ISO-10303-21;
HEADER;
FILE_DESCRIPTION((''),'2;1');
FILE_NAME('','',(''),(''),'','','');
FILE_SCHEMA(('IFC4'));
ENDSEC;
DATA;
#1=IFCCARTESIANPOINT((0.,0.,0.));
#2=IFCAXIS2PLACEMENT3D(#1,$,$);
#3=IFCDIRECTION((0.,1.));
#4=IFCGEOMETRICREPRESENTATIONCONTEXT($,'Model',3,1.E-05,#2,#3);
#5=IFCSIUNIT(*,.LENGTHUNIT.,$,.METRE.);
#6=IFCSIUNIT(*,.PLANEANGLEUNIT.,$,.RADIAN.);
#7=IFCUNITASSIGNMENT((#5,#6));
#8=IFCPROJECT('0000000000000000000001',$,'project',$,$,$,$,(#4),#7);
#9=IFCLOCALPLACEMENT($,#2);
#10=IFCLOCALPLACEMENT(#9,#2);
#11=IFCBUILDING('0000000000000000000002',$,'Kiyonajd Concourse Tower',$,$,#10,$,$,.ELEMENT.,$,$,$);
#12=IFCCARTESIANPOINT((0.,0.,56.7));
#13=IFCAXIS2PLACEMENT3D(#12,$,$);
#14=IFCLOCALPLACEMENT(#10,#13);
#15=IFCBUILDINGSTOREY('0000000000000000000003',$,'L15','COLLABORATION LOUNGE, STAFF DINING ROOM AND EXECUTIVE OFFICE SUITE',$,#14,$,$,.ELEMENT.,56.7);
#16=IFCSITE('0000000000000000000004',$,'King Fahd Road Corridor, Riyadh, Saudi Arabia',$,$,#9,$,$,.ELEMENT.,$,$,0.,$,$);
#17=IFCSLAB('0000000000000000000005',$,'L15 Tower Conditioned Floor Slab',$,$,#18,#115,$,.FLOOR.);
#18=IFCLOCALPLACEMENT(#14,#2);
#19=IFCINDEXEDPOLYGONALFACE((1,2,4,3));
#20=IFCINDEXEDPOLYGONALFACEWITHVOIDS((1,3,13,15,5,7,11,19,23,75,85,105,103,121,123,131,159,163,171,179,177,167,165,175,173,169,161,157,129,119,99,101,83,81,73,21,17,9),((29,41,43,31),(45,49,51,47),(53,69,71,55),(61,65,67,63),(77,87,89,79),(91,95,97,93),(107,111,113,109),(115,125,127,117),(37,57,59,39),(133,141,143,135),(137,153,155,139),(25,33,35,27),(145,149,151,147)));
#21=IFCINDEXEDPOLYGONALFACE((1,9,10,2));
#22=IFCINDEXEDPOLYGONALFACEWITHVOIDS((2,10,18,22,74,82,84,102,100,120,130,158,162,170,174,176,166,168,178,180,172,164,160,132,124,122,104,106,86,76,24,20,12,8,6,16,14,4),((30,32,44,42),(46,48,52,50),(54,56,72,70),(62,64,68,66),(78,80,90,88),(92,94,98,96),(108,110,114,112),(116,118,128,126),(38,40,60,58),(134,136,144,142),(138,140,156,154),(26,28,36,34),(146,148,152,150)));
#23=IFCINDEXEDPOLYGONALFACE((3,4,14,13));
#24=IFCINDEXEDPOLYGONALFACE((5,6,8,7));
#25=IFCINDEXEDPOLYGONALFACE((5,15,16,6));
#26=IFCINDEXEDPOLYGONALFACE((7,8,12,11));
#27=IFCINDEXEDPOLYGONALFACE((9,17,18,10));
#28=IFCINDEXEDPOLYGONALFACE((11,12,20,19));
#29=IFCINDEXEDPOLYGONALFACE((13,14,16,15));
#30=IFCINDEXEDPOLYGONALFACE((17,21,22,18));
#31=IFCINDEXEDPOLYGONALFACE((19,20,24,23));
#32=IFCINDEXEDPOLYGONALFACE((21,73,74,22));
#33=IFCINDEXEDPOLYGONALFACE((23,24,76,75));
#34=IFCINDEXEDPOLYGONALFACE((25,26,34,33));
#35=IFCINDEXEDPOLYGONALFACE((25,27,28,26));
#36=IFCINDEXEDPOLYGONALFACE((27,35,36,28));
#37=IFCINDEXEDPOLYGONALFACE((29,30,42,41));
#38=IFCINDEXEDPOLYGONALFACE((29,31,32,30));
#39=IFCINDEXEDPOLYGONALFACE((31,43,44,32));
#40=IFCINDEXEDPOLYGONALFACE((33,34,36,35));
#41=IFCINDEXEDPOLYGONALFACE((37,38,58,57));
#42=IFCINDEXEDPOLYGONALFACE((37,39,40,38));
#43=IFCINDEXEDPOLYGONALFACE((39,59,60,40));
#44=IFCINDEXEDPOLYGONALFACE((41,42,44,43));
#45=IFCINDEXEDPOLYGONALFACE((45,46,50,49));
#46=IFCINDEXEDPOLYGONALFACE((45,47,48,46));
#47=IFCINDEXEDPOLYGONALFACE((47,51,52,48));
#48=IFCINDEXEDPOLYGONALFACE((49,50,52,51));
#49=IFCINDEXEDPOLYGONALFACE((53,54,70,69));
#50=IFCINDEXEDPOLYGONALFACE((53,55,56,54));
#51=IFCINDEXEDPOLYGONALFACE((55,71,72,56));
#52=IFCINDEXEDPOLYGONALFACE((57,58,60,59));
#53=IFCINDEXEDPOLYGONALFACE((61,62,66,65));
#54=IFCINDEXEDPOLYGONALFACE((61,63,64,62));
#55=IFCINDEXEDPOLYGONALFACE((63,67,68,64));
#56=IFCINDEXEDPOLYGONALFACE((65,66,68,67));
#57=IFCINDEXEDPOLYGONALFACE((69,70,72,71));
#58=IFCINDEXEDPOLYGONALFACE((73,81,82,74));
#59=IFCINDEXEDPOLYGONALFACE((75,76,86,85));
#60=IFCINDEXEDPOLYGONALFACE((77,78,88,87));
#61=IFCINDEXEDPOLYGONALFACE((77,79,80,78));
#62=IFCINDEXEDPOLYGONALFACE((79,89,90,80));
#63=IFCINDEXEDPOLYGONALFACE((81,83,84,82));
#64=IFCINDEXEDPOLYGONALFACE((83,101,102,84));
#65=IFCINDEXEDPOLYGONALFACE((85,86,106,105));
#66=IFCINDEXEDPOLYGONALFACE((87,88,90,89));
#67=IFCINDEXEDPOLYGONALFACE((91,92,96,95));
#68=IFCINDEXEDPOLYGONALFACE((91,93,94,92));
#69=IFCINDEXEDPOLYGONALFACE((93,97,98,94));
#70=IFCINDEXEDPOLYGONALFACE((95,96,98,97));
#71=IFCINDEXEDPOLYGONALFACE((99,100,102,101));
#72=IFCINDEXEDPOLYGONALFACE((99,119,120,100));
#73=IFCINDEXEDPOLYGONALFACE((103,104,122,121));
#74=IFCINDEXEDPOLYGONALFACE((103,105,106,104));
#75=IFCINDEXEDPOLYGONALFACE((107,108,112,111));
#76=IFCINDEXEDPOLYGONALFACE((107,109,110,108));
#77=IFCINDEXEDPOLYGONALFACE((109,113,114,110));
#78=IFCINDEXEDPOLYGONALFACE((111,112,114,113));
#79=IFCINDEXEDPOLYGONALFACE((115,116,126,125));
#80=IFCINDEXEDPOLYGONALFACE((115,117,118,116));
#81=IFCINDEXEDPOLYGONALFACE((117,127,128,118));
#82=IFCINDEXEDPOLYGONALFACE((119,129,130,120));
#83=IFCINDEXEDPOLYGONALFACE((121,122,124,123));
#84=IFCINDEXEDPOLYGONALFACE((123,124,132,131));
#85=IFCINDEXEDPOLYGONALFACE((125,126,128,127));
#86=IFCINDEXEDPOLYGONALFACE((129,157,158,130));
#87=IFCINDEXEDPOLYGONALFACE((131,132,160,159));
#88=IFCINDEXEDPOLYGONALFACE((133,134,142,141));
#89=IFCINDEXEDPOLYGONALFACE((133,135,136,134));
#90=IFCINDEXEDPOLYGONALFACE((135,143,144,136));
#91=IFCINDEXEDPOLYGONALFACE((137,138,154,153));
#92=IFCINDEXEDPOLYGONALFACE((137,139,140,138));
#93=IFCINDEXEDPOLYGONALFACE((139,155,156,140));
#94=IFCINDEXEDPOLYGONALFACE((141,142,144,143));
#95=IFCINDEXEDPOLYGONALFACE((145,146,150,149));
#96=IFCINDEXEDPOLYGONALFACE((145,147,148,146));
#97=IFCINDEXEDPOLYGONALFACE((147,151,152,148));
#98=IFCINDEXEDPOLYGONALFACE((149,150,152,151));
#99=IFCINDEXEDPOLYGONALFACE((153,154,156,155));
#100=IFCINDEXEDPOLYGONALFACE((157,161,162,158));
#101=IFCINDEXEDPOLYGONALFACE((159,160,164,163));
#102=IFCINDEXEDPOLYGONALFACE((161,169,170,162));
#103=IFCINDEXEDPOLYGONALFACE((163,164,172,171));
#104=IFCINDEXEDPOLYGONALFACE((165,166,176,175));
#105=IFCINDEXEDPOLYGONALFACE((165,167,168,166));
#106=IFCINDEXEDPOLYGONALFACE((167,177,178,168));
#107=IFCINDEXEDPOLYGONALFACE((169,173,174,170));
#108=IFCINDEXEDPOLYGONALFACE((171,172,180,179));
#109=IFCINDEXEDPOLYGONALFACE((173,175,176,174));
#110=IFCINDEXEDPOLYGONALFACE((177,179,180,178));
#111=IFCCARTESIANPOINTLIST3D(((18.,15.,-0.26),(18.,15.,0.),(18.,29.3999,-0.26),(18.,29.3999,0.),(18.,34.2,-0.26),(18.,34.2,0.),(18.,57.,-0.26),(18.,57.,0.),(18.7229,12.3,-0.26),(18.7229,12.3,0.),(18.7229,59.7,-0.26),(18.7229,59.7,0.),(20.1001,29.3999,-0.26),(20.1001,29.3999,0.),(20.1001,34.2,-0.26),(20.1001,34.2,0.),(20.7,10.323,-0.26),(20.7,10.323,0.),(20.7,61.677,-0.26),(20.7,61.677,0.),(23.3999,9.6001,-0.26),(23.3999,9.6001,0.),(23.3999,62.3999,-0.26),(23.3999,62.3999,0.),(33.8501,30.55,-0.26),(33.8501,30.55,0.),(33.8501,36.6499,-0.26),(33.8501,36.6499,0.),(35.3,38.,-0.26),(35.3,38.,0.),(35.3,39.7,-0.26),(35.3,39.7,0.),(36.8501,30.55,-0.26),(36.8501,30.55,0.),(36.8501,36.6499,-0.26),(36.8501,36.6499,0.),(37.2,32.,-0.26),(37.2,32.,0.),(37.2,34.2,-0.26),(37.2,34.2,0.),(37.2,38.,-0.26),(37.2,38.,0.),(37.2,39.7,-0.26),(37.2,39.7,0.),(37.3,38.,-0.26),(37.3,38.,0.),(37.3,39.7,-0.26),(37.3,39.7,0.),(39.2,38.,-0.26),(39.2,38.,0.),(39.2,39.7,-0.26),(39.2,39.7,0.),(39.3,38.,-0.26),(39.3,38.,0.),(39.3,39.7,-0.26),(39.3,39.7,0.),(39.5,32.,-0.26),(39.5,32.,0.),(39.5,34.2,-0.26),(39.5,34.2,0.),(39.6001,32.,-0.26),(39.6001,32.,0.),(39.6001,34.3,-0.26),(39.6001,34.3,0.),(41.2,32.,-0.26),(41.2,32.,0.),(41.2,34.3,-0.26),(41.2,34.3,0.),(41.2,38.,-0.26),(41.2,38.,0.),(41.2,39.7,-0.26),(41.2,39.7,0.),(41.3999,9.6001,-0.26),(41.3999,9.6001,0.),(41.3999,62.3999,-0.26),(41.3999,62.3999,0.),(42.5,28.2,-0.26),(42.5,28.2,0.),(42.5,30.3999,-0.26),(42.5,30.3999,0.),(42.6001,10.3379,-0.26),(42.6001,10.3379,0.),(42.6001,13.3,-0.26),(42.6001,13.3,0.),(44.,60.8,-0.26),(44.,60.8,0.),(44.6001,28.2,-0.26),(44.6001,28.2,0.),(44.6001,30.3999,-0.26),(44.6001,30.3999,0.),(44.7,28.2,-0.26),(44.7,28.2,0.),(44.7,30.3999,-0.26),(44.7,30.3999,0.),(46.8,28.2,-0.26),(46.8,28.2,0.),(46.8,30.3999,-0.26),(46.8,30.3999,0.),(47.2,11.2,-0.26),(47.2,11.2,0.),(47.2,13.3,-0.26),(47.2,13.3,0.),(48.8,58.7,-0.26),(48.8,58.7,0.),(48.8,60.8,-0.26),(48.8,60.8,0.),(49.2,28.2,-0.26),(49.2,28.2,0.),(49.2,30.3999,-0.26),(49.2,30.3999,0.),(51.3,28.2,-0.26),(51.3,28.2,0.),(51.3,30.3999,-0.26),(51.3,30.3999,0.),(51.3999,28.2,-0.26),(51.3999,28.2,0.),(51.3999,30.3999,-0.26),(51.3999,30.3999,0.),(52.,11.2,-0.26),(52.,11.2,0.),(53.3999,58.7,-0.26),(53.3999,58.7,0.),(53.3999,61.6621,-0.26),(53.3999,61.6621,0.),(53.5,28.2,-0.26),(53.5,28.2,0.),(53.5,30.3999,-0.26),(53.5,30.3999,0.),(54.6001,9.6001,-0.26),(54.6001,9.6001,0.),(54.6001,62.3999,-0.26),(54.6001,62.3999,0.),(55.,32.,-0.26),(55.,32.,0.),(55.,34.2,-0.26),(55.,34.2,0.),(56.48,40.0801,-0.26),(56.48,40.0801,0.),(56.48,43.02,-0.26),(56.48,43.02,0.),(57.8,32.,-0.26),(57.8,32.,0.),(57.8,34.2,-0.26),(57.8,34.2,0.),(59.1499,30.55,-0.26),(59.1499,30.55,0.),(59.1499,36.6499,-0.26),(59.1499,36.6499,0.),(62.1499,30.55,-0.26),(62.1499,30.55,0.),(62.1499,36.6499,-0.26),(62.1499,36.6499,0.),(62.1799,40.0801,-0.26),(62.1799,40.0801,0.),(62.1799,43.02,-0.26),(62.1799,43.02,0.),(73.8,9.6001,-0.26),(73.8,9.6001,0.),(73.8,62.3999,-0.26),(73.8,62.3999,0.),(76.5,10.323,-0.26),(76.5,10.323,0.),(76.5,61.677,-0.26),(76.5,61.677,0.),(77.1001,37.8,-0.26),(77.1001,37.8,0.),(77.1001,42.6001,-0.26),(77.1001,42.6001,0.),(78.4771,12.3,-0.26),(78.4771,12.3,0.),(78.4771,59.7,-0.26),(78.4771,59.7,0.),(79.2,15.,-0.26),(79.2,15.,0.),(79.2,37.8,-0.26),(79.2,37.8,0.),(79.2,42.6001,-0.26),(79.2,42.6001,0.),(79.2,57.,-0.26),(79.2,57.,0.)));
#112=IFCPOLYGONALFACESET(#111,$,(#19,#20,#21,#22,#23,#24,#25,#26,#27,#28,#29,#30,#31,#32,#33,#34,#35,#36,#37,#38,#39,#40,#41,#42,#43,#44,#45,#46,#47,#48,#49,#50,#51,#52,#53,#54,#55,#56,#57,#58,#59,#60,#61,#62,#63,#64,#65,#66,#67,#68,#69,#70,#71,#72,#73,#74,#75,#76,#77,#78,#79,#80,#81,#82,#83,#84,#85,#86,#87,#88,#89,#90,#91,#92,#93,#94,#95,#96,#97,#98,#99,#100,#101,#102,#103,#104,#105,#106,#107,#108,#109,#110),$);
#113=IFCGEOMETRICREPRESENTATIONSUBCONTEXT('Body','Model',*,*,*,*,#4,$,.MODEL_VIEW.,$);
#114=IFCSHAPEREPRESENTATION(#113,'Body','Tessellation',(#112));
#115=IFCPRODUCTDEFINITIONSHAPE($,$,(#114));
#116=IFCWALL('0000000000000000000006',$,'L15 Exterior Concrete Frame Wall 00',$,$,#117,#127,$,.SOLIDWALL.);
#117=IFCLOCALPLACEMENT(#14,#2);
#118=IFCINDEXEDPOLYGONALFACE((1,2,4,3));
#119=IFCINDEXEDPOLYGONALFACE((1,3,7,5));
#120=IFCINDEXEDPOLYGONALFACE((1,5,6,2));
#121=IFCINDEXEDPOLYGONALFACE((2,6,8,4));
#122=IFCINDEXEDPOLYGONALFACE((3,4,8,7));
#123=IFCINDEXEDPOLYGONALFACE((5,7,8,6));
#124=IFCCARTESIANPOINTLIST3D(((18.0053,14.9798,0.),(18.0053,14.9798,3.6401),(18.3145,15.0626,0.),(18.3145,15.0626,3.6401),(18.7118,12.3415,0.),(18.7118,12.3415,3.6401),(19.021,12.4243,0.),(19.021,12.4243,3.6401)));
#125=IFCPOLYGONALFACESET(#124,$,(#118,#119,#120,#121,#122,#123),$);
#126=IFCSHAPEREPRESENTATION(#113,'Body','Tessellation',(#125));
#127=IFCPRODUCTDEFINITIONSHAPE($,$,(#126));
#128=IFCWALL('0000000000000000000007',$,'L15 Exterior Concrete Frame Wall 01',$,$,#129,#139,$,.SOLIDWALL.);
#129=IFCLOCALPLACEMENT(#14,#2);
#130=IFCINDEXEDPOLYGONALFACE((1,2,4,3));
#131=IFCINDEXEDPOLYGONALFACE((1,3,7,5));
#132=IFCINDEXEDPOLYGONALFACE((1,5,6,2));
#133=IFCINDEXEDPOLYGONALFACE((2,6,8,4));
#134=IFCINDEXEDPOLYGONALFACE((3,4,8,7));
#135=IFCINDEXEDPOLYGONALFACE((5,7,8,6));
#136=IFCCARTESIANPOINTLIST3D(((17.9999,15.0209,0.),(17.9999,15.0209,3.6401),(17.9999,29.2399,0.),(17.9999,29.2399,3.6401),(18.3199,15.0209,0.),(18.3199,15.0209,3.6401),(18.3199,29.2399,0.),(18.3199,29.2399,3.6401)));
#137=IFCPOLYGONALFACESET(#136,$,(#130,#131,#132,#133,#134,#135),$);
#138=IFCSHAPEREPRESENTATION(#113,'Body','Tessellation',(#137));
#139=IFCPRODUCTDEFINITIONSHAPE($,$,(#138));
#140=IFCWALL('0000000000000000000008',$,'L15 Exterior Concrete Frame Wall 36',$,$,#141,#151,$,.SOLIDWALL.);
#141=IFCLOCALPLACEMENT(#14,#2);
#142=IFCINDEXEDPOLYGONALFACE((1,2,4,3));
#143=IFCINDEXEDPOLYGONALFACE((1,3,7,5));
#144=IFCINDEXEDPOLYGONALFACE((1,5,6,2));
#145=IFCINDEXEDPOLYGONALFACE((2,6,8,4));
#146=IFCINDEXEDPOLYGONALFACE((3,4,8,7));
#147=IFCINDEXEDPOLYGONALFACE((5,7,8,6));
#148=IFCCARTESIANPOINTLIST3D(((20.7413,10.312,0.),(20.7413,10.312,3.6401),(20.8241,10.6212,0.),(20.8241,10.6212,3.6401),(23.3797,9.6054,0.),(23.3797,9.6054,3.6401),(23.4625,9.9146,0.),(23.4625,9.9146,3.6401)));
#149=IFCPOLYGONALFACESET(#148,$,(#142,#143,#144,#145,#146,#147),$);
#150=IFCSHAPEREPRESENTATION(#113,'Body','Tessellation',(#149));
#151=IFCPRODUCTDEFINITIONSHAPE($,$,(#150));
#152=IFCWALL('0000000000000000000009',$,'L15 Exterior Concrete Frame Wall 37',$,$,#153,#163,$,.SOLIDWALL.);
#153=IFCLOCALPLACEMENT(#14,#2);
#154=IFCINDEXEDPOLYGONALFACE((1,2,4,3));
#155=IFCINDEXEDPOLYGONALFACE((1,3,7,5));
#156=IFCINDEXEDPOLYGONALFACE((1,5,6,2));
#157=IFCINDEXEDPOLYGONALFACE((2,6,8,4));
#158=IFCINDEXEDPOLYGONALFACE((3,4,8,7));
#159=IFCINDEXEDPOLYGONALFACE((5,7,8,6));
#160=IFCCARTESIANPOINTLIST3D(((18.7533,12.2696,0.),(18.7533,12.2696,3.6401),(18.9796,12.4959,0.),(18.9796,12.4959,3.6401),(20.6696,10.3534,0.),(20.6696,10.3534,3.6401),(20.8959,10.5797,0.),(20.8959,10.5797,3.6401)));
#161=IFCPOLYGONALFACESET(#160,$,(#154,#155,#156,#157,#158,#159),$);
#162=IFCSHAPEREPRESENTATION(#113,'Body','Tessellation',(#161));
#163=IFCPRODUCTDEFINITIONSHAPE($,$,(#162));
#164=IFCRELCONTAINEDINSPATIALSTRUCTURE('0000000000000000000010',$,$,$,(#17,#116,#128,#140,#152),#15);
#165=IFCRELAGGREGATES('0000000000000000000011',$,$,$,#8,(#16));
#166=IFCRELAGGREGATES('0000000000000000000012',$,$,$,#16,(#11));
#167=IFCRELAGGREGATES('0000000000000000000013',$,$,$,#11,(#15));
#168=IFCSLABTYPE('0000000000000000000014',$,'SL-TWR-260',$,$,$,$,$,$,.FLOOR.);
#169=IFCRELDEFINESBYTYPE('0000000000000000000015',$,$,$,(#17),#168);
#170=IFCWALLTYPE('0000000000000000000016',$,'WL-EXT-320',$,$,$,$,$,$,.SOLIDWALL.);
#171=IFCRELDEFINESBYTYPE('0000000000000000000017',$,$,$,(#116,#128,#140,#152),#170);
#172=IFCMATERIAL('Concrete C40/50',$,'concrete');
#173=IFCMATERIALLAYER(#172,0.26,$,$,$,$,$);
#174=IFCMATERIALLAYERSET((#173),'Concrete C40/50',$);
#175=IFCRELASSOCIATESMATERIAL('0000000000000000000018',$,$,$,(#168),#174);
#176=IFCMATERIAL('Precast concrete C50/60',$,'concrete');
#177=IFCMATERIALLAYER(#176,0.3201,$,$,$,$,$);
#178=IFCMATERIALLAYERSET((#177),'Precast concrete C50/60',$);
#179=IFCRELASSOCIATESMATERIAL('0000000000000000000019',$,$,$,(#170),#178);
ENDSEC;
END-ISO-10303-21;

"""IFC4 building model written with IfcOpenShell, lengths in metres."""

from ifc_helpers import new_model, si_unit, direction, frame, frame_2d, origin, place, context, subcontext, project, spatial, polyline, rectangle, outline, extrude, material, layer, layer_set, type_object, element, save


model = new_model("IFC4")

# Units and contexts
model_context = context("Model", 3, precision=1e-05, world=origin(), true_north=direction((0.0, 1.0)))
body_context = subcontext(model_context, "Body", "Model", "MODEL_VIEW")
ifc_project = project(units=[si_unit("LENGTHUNIT", "METRE"), si_unit("PLANEANGLEUNIT", "RADIAN")], contexts=[model_context])

# Site, building, storey
site_placement = place(None, origin())
site = spatial("IfcSite", under=ifc_project, at=site_placement, Name="King Fahd Road Corridor, Riyadh, Saudi Arabia", CompositionType="ELEMENT", RefElevation=0.0)
building_placement = place(site_placement, origin())
building = spatial("IfcBuilding", under=site, at=building_placement, Name="Kiyonajd Concourse Tower", CompositionType="ELEMENT")
storey_placement = place(building_placement, frame((0.0, 0.0, 56.7)))
storey = spatial("IfcBuildingStorey", under=building, at=storey_placement, Name="L15", Description="COLLABORATION LOUNGE, STAFF DINING ROOM AND EXECUTIVE OFFICE SUITE", CompositionType="ELEMENT", Elevation=56.7)

# Shared definitions
ifc_material_1 = material(Name="Precast concrete C50/60", Category="concrete")

# Shared definitions
ifc_material_2 = material(Name="Concrete C40/50", Category="concrete")

# Slab
ifc_layer_1 = layer(ifc_material_2, 0.26)
ifc_layer_set_1 = layer_set([ifc_layer_1], Name="Concrete C40/50")
slab_type_1 = type_object("IfcSlabType", Name="SL-TWR-260", PredefinedType="FLOOR", material=ifc_layer_set_1)
slab_1_placement = place(storey_placement, frame((0.0, 0.0, -0.26)))
element("IfcSlab", 1, at=slab_1_placement, inside=storey, type_object=slab_type_1, Name="L15 Tower Conditioned Floor Slab", PredefinedType="FLOOR", context=body_context, shape_type="SweptSolid", body=[
    extrude(outline(polyline([(18.7229, 12.3), (18.0, 15.0), (18.0, 29.3999), (20.1001, 29.3999), (20.1001, 34.2), (18.0, 34.2), (18.0, 57.0), (18.7229, 59.7), (20.7, 61.677), (23.3999, 62.3999), (41.3999, 62.3999), (44.0, 60.8), (48.8, 60.8), (48.8, 58.7), (53.3999, 58.7), (53.3999, 61.6621), (54.6001, 62.3999), (73.8, 62.3999), (76.5, 61.677), (78.4771, 59.7), (79.2, 57.0), (79.2, 42.6001), (77.1001, 42.6001), (77.1001, 37.8), (79.2, 37.8), (79.2, 15.0), (78.4771, 12.3), (76.5, 10.323), (73.8, 9.6001), (54.6001, 9.6001), (52.0, 11.2), (47.2, 11.2), (47.2, 13.3), (42.6001, 13.3), (42.6001, 10.3379), (41.3999, 9.6001), (23.3999, 9.6001), (20.7, 10.323), (18.7229, 12.3)]), holes=[polyline([(44.6001, 28.2), (42.5, 28.2), (42.5, 30.3999), (44.6001, 30.3999), (44.6001, 28.2)]), polyline([(37.2, 32.0), (37.2, 34.2), (39.5, 34.2), (39.5, 32.0), (37.2, 32.0)]), polyline([(39.6001, 32.0), (39.6001, 34.3), (41.2, 34.3), (41.2, 32.0), (39.6001, 32.0)]), polyline([(36.8501, 30.55), (33.8501, 30.55), (33.8501, 36.6499), (36.8501, 36.6499), (36.8501, 30.55)]), polyline([(35.3, 38.0), (35.3, 39.7), (37.2, 39.7), (37.2, 38.0), (35.3, 38.0)]), polyline([(37.3, 38.0), (37.3, 39.7), (39.2, 39.7), (39.2, 38.0), (37.3, 38.0)]), polyline([(41.2, 38.0), (39.3, 38.0), (39.3, 39.7), (41.2, 39.7), (41.2, 38.0)]), polyline([(44.7, 28.2), (44.7, 30.3999), (46.8, 30.3999), (46.8, 28.2), (44.7, 28.2)]), polyline([(49.2, 28.2), (49.2, 30.3999), (51.3, 30.3999), (51.3, 28.2), (49.2, 28.2)]), polyline([(51.3999, 28.2), (51.3999, 30.3999), (53.5, 30.3999), (53.5, 28.2), (51.3999, 28.2)]), polyline([(55.0, 32.0), (55.0, 34.2), (57.8, 34.2), (57.8, 32.0), (55.0, 32.0)]), polyline([(59.1499, 30.55), (59.1499, 36.6499), (62.1499, 36.6499), (62.1499, 30.55), (59.1499, 30.55)]), polyline([(56.48, 43.02), (62.1799, 43.02), (62.1799, 40.0801), (56.48, 40.0801), (56.48, 43.02)])]), origin(), (0.0, 0.0, 1.0), 0.26),
])

# Walls
ifc_layer_2 = layer(ifc_material_1, 0.3201)
ifc_layer_set_2 = layer_set([ifc_layer_2], Name="Precast concrete C50/60")
wall_type = type_object("IfcWallType", Name="WL-EXT-320", PredefinedType="SOLIDWALL", material=ifc_layer_set_2)
wall_1_placement = place(storey_placement, frame((18.8665, 12.3828, 0.0), z_axis=(0.0, 0.0, 1.0), x_axis=(-0.258697, 0.965958, 0.0)))
element("IfcWall", 2, at=wall_1_placement, inside=storey, type_object=wall_type, Name="L15 Exterior Concrete Frame Wall 00", PredefinedType="SOLIDWALL", context=body_context, shape_type="SweptSolid", body=[
    extrude(rectangle(XDim=2.7312, YDim=0.3201, at=frame_2d((1.3657, 0.0))), origin(), (0.0, 0.0, 1.0), 3.6401),
])
wall_2_placement = place(storey_placement, frame((18.1599, 15.021, 0.0), z_axis=(0.0, 0.0, 1.0), x_axis=(0.0, 1.0, 0.0)))
element("IfcWall", 3, at=wall_2_placement, inside=storey, type_object=wall_type, Name="L15 Exterior Concrete Frame Wall 01", PredefinedType="SOLIDWALL", context=body_context, shape_type="SweptSolid", body=[
    extrude(rectangle(XDim=14.219, YDim=0.3201, at=frame_2d((7.1094, 0.0))), origin(), (0.0, 0.0, 1.0), 3.6401),
])
wall_3_placement = place(storey_placement, frame((23.4211, 9.76, 0.0), z_axis=(0.0, 0.0, 1.0), x_axis=(-0.965964, 0.258675, 0.0)))
element("IfcWall", 4, at=wall_3_placement, inside=storey, type_object=wall_type, Name="L15 Exterior Concrete Frame Wall 36", PredefinedType="SOLIDWALL", context=body_context, shape_type="SweptSolid", body=[
    extrude(rectangle(XDim=2.7314, YDim=0.3201, at=frame_2d((1.3657, 0.0))), origin(), (0.0, 0.0, 1.0), 3.6401),
])
wall_4_placement = place(storey_placement, frame((20.7827, 10.4666, 0.0), z_axis=(0.0, 0.0, 1.0), x_axis=(-0.707107, 0.707107, 0.0)))
element("IfcWall", 5, at=wall_4_placement, inside=storey, type_object=wall_type, Name="L15 Exterior Concrete Frame Wall 37", PredefinedType="SOLIDWALL", context=body_context, shape_type="SweptSolid", body=[
    extrude(rectangle(XDim=2.71, YDim=0.3201, at=frame_2d((1.355, 0.0))), origin(), (0.0, 0.0, 1.0), 3.6401),
])

save(model, "model.ifc")
